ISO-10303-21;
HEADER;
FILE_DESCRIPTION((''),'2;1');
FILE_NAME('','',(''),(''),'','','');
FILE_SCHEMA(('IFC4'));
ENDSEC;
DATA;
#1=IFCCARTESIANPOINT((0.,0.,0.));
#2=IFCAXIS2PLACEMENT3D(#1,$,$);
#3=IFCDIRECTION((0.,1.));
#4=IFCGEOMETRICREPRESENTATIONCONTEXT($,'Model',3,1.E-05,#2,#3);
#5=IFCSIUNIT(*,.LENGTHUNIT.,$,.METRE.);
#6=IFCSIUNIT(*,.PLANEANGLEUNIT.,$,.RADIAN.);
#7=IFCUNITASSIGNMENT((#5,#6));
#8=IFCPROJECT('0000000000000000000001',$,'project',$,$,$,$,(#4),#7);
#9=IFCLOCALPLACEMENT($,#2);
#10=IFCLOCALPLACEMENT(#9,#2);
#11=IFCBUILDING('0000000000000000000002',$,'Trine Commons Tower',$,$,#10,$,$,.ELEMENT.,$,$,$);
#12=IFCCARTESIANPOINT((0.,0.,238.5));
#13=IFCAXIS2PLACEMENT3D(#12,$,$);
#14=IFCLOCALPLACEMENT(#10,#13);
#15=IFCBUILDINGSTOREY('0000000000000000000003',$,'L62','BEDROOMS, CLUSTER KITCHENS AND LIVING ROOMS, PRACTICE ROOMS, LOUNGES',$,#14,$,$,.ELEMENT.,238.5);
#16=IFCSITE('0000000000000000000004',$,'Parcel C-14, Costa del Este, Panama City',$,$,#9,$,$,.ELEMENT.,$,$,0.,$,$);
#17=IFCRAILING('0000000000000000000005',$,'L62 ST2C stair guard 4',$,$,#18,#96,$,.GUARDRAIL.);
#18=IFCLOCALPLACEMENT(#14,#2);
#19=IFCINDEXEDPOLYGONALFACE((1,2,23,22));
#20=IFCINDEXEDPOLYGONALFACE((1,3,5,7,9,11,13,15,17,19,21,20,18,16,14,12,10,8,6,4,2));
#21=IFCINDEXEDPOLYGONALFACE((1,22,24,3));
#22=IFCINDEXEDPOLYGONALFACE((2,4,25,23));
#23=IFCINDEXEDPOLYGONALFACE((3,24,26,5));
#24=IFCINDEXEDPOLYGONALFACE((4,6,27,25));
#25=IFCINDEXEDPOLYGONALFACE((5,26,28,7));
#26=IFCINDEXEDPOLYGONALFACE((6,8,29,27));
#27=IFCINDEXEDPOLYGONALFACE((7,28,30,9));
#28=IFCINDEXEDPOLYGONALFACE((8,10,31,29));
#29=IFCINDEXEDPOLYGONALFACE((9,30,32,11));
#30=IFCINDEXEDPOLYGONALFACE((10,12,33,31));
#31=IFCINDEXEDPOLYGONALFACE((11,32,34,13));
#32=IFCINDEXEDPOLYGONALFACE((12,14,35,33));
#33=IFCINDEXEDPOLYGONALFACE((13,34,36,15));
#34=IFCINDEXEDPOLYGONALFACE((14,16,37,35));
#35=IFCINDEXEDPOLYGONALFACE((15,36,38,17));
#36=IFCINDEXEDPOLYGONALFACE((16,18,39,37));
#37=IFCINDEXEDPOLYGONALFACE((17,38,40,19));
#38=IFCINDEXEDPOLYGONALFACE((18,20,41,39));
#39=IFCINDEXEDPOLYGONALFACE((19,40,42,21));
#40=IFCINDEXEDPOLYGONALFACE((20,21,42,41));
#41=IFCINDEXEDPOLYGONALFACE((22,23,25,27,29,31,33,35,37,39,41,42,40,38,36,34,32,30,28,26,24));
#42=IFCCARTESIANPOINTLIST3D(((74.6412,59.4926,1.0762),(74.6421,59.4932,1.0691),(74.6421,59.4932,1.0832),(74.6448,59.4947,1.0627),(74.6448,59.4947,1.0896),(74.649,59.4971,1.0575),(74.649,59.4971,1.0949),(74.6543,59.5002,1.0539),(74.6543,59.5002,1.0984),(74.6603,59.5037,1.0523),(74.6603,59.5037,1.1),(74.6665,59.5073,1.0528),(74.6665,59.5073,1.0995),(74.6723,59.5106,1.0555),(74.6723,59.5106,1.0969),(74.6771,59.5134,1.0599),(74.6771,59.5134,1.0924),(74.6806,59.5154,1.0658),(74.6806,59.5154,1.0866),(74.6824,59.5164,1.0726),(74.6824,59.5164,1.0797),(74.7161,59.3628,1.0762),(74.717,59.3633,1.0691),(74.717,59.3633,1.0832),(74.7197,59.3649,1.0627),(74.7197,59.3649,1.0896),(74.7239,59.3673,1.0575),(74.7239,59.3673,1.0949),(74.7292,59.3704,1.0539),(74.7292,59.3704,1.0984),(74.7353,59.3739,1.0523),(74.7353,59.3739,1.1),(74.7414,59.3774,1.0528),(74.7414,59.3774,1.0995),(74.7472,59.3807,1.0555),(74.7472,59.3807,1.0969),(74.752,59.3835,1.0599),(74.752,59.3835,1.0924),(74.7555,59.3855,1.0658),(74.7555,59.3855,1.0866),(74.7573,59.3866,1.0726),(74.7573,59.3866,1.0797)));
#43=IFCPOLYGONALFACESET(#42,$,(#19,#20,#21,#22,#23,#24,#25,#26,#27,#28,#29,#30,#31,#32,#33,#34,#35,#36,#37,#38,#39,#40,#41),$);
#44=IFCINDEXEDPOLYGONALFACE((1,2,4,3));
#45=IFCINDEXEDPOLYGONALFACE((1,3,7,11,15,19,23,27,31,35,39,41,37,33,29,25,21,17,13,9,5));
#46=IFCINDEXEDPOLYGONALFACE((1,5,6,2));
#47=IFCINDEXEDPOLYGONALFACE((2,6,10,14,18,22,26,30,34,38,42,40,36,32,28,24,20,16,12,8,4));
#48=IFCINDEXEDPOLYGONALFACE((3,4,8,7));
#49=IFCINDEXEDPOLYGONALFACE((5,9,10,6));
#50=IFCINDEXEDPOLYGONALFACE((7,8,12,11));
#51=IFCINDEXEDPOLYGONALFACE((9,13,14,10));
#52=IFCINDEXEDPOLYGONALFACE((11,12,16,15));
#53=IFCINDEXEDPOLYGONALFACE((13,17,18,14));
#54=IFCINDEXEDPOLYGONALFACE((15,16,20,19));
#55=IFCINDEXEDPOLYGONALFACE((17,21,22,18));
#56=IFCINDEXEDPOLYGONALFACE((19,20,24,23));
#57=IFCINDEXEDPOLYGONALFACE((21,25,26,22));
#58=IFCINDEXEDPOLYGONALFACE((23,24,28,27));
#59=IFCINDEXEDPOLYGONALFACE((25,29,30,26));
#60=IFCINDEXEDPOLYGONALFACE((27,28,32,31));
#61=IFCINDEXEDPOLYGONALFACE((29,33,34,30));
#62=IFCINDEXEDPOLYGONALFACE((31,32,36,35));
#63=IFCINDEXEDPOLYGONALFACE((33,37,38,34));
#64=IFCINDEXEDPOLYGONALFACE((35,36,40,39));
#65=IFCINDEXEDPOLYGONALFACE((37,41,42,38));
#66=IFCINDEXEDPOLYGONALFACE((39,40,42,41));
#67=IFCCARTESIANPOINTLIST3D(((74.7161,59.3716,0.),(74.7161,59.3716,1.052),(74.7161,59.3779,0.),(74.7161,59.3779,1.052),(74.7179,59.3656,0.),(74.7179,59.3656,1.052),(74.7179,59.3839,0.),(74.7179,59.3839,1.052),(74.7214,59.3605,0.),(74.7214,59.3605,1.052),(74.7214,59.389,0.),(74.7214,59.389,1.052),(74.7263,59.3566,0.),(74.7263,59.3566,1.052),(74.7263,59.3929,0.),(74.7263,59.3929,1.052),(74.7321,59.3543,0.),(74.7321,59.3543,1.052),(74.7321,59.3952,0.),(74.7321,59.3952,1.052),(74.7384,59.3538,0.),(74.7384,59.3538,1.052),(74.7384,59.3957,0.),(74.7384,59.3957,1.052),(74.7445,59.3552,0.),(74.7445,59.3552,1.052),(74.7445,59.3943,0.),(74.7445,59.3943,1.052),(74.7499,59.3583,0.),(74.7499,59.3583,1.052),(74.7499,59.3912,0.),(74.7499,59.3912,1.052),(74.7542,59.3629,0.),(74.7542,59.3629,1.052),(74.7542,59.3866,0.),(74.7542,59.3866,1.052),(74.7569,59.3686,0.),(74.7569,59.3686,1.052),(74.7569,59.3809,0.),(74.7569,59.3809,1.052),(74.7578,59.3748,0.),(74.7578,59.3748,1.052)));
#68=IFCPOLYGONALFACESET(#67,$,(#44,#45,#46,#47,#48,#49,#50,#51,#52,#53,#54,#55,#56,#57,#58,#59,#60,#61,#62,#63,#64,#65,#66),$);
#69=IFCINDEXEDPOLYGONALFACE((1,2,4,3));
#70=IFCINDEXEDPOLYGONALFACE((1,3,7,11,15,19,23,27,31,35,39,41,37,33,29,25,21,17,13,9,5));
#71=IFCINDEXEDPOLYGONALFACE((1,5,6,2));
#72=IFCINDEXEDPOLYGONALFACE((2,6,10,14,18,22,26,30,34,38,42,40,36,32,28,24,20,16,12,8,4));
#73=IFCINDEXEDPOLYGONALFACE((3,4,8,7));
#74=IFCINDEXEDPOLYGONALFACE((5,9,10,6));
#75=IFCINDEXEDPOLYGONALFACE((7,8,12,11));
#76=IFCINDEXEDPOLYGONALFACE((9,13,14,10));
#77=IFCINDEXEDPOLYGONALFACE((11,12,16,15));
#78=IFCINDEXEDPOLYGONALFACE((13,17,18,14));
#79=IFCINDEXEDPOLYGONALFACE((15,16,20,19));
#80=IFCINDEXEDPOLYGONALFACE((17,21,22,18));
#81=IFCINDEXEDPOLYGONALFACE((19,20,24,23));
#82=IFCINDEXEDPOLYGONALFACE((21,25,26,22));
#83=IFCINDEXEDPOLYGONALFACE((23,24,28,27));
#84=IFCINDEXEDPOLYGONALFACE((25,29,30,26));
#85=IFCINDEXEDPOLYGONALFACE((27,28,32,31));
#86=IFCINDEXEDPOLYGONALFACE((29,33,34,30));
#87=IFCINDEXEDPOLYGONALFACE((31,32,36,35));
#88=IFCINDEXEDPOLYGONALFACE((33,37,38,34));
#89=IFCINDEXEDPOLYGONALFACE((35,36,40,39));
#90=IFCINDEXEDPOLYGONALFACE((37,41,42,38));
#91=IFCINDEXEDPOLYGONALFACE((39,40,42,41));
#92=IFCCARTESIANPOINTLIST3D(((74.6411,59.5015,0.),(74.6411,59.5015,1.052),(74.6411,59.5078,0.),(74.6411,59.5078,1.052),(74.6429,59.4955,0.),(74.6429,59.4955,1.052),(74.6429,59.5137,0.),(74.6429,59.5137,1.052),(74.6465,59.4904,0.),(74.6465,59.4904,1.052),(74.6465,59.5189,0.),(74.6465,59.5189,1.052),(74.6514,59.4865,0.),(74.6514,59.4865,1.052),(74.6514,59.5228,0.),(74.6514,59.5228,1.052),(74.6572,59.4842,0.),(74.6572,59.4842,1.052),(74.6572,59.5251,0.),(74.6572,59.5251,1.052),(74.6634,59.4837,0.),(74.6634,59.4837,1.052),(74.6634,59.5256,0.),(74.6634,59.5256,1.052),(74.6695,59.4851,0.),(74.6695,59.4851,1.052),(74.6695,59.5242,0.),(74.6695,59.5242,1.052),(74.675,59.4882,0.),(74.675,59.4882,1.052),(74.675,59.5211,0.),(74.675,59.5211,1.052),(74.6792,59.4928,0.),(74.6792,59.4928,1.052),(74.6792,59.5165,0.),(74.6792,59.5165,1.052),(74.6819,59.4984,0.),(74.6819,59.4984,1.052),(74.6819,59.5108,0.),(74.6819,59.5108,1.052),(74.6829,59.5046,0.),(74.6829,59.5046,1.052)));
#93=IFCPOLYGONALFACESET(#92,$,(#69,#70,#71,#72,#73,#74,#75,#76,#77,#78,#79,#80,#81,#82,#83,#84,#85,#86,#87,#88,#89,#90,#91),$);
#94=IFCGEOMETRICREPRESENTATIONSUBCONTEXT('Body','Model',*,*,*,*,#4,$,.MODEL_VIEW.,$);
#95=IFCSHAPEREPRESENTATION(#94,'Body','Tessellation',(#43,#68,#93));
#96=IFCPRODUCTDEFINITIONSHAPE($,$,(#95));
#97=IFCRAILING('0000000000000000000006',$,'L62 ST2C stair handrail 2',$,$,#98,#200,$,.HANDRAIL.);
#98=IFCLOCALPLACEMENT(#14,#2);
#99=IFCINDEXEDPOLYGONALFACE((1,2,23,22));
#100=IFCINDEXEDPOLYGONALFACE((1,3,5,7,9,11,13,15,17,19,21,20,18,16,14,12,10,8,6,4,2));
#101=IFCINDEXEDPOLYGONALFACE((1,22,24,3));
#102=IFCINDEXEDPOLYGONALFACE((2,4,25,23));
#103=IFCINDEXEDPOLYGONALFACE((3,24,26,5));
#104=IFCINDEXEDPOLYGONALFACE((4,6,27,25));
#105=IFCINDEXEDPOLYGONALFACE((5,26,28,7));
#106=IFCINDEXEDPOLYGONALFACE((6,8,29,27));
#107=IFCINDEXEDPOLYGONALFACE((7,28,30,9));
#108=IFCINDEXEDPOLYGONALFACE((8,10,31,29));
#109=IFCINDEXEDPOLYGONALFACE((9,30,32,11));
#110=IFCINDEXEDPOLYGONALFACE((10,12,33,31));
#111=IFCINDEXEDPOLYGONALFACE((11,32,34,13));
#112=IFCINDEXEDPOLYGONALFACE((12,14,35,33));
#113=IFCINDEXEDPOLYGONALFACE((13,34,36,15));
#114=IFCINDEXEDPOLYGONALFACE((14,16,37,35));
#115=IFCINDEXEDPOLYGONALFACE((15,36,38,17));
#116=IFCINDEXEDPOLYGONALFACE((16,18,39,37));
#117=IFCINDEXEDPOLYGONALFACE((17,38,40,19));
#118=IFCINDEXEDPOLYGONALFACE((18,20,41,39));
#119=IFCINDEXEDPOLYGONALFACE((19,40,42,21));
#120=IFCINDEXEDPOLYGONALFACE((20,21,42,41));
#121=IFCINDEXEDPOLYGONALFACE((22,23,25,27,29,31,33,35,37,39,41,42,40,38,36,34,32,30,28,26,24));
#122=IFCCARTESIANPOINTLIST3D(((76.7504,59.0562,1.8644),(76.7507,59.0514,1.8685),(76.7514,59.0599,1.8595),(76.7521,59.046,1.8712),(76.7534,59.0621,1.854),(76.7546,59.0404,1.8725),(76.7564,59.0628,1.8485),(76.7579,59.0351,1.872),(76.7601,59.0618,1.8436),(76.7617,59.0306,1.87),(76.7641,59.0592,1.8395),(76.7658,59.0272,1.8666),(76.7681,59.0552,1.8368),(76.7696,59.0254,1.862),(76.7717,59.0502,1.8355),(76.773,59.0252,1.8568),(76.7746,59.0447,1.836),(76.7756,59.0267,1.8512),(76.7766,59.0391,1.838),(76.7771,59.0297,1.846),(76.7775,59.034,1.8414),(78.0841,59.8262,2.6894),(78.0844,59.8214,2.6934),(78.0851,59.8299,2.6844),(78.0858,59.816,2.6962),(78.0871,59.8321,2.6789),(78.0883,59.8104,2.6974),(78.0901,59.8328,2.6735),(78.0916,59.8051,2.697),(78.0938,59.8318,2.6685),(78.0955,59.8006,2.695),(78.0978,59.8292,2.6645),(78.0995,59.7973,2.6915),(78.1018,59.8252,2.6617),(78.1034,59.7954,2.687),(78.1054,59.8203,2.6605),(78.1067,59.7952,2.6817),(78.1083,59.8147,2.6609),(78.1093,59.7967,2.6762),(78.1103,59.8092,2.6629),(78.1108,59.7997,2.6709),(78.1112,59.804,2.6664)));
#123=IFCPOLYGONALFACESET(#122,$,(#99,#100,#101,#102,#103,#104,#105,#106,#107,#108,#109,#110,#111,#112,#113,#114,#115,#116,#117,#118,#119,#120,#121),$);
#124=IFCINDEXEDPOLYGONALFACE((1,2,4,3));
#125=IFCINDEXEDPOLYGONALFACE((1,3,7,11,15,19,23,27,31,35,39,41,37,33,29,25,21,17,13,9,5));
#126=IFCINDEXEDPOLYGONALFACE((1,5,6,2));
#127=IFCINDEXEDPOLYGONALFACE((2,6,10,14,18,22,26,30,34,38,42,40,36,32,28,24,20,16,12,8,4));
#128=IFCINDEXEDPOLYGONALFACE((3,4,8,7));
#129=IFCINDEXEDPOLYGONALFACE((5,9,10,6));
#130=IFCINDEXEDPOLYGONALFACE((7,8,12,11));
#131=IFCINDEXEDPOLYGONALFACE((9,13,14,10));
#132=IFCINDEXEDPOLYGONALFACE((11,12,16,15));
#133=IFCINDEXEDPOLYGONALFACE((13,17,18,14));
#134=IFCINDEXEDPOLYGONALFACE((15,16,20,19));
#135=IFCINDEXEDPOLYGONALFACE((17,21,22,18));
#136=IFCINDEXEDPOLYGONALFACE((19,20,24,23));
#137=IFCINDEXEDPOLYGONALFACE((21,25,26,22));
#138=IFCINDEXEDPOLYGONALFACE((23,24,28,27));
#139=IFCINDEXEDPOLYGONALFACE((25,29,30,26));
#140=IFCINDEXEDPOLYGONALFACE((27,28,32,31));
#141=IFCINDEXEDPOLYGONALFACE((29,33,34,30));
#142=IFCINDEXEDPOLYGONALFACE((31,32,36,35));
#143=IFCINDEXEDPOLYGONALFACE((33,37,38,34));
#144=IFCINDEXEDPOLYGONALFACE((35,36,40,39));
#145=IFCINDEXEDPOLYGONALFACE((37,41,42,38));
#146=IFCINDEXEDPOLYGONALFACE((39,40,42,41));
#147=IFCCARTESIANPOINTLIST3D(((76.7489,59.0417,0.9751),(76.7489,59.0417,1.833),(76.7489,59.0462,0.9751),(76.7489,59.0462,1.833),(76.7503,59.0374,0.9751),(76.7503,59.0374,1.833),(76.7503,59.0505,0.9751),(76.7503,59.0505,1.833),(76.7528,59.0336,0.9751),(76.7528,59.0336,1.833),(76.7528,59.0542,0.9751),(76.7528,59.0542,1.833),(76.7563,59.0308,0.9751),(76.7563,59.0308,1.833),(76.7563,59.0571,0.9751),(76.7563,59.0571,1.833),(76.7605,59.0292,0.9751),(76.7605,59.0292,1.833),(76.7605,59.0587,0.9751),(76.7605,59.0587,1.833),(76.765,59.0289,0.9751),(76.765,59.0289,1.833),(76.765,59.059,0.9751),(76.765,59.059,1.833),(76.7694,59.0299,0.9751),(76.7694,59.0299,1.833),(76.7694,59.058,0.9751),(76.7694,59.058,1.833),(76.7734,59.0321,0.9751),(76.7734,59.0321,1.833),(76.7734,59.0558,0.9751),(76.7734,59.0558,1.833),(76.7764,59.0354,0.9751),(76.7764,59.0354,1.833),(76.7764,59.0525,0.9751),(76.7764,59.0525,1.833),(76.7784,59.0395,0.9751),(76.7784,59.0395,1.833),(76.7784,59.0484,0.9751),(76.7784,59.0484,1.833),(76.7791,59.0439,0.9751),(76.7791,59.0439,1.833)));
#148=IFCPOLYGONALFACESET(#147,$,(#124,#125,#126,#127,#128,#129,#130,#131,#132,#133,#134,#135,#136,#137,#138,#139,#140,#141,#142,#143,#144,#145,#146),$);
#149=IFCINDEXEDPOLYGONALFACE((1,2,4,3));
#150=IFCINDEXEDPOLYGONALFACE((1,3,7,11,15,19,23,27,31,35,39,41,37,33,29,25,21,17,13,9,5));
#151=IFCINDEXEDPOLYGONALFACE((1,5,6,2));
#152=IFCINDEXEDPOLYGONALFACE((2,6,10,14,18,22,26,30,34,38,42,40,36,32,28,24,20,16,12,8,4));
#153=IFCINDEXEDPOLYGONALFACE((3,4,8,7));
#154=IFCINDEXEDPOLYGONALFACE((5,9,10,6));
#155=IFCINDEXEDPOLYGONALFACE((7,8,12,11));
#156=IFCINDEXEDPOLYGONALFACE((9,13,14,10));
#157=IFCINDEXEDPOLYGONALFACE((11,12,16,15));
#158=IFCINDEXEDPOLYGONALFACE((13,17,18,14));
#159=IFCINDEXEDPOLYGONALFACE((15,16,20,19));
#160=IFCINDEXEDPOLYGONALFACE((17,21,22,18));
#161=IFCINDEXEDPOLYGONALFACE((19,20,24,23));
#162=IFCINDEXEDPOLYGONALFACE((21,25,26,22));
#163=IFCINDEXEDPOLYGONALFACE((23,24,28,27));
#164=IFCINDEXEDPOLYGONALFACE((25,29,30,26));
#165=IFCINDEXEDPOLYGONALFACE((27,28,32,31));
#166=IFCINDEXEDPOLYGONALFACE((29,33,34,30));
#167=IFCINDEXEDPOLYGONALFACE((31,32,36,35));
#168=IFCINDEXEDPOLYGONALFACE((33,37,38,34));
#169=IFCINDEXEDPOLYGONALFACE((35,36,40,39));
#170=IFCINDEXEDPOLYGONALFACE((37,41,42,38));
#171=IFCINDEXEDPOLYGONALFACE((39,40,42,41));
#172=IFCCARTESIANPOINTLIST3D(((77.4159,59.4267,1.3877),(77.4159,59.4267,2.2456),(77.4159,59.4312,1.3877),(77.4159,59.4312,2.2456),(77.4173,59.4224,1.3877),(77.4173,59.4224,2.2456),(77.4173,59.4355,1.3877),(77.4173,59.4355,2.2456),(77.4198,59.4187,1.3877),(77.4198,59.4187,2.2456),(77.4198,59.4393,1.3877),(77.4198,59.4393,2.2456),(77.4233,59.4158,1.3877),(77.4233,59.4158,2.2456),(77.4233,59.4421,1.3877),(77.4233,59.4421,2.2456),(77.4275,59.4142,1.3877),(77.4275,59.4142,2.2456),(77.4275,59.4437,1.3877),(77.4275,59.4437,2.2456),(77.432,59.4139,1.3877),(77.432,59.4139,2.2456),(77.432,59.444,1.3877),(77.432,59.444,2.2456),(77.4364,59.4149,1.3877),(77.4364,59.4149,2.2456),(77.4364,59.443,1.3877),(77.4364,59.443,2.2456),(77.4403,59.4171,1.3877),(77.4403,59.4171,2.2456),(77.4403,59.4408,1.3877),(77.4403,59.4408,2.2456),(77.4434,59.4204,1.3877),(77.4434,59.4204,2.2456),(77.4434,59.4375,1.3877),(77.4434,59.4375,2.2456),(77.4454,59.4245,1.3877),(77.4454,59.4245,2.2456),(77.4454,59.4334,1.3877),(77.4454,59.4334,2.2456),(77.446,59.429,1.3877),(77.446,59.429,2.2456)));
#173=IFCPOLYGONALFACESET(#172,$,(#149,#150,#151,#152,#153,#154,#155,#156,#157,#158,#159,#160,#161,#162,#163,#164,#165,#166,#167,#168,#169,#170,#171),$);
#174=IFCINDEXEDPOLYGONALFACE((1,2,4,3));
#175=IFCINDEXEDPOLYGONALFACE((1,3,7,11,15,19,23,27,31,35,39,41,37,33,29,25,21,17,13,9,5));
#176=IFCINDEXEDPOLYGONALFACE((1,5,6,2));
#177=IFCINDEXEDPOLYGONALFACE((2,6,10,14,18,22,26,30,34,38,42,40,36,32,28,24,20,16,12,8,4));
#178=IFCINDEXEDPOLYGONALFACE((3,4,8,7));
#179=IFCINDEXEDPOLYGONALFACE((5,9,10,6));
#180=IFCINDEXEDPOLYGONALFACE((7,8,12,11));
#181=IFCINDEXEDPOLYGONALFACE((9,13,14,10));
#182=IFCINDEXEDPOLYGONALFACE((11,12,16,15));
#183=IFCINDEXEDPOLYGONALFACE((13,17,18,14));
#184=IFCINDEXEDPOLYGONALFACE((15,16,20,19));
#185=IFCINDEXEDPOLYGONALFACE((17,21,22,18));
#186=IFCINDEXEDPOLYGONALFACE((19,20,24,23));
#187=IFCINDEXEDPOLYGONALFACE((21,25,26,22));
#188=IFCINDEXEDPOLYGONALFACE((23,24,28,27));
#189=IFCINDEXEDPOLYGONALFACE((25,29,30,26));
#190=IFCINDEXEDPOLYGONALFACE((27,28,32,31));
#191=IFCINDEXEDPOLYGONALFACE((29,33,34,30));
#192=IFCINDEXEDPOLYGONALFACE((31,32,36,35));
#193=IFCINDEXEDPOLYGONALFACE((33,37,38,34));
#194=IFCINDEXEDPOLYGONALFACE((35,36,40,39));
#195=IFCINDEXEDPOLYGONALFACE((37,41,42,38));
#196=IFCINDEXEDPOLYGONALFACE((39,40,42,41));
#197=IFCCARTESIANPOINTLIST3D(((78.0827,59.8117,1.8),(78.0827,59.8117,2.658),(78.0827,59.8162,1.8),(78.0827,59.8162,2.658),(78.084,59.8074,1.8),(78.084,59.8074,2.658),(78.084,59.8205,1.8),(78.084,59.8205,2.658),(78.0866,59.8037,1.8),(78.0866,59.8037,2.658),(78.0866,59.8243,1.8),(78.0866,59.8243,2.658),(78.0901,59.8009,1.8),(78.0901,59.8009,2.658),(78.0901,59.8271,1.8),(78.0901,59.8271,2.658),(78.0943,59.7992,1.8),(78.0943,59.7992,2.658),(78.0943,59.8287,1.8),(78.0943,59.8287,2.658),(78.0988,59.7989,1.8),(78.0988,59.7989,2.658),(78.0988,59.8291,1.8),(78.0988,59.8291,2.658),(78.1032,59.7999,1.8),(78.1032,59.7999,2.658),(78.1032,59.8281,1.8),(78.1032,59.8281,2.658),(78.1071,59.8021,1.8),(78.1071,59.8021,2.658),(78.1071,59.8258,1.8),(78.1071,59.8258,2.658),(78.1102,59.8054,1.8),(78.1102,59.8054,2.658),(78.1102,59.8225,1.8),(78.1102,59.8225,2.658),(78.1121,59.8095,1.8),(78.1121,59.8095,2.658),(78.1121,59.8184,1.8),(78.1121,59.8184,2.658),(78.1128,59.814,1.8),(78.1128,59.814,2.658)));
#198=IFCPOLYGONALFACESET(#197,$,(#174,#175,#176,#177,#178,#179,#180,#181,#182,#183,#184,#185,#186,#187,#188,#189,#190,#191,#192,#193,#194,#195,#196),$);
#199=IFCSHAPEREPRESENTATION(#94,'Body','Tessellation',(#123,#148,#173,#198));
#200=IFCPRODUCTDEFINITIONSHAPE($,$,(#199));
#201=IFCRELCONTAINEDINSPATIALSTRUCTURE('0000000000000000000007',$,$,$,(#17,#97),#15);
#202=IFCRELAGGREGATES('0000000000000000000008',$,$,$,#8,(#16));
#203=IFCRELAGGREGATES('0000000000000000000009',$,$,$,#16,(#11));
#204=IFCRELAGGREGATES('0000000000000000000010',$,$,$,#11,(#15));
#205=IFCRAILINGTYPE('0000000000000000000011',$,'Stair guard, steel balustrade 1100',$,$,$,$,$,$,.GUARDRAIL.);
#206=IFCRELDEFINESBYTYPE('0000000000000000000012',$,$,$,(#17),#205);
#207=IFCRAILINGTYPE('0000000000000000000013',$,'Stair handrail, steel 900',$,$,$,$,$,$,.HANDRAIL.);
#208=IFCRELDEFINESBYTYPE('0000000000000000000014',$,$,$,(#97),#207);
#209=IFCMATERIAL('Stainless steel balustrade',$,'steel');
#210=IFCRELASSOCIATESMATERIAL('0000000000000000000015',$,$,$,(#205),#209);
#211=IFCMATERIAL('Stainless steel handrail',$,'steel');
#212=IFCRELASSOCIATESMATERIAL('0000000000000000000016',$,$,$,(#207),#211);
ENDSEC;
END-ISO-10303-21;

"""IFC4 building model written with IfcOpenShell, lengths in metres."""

from ifc_helpers import new_model, si_unit, direction, frame, origin, origin_2d, place, context, subcontext, project, spatial, circle, extrude, material, type_object, element, save


model = new_model("IFC4")

# Units and contexts
model_context = context("Model", 3, precision=1e-05, world=origin(), true_north=direction((0.0, 1.0)))
body_context = subcontext(model_context, "Body", "Model", "MODEL_VIEW")
ifc_project = project(units=[si_unit("LENGTHUNIT", "METRE"), si_unit("PLANEANGLEUNIT", "RADIAN")], contexts=[model_context])

# Site, building, storey
site_placement = place(None, origin())
site = spatial("IfcSite", under=ifc_project, at=site_placement, Name="Parcel C-14, Costa del Este, Panama City", CompositionType="ELEMENT", RefElevation=0.0)
building_placement = place(site_placement, origin())
building = spatial("IfcBuilding", under=site, at=building_placement, Name="Trine Commons Tower", CompositionType="ELEMENT")
storey_placement = place(building_placement, frame((0.0, 0.0, 238.5)))
storey = spatial("IfcBuildingStorey", under=building, at=storey_placement, Name="L62", Description="BEDROOMS, CLUSTER KITCHENS AND LIVING ROOMS, PRACTICE ROOMS, LOUNGES", CompositionType="ELEMENT", Elevation=238.5)

# Railings
ifc_material_1 = material(Name="Stainless steel balustrade", Category="steel")
railing_type_1 = type_object("IfcRailingType", Name="Stair guard, steel balustrade 1100", PredefinedType="GUARDRAIL", material=ifc_material_1)
railing_1_placement = place(storey_placement, frame((74.7368, 59.3748, 0.0)))
element("IfcRailing", 1, at=railing_1_placement, inside=storey, type_object=railing_type_1, Name="L62 ST2C stair guard 4", PredefinedType="GUARDRAIL", context=body_context, shape_type="SweptSolid", body=[
    extrude(circle(Radius=0.0239, at=origin_2d()), frame((0.0, 0.0, 1.0762), z_axis=(-0.499816, 0.866131, 0.0), x_axis=(-0.866131, -0.499816, 0.0)), (0.0, 0.0, 1.0), 0.1499),
    extrude(circle(Radius=0.021, at=origin_2d()), origin(), (0.0, 0.0, 1.0), 1.052),
    extrude(circle(Radius=0.021, at=origin_2d()), frame((-0.075, 0.1299, 0.0)), (0.0, 0.0, 1.0), 1.052),
])
ifc_material_2 = material(Name="Stainless steel handrail", Category="steel")
railing_type_2 = type_object("IfcRailingType", Name="Stair handrail, steel 900", PredefinedType="HANDRAIL", material=ifc_material_2)
railing_2_placement = place(storey_placement, frame((76.7639, 59.0439, 0.9751)))
element("IfcRailing", 2, at=railing_2_placement, inside=storey, type_object=railing_type_2, Name="L62 ST2C stair handrail 2", PredefinedType="HANDRAIL", context=body_context, shape_type="SweptSolid", body=[
    extrude(circle(Radius=0.021, at=origin_2d()), frame((0.0, 0.0, 0.8789), z_axis=(0.763405, 0.440743, 0.472185), x_axis=(-0.499992, 0.86603, 0.0)), (0.0, 0.0, 1.0), 1.7471),
    extrude(circle(Radius=0.0151, at=origin_2d()), origin(), (0.0, 0.0, 1.0), 0.8579),
    extrude(circle(Radius=0.0151, at=origin_2d()), frame((0.667, 0.385, 0.4126)), (0.0, 0.0, 1.0), 0.8579),
    extrude(circle(Radius=0.0151, at=origin_2d()), frame((1.3337, 0.77, 0.825)), (0.0, 0.0, 1.0), 0.8579),
])

save(model, "model.ifc")
